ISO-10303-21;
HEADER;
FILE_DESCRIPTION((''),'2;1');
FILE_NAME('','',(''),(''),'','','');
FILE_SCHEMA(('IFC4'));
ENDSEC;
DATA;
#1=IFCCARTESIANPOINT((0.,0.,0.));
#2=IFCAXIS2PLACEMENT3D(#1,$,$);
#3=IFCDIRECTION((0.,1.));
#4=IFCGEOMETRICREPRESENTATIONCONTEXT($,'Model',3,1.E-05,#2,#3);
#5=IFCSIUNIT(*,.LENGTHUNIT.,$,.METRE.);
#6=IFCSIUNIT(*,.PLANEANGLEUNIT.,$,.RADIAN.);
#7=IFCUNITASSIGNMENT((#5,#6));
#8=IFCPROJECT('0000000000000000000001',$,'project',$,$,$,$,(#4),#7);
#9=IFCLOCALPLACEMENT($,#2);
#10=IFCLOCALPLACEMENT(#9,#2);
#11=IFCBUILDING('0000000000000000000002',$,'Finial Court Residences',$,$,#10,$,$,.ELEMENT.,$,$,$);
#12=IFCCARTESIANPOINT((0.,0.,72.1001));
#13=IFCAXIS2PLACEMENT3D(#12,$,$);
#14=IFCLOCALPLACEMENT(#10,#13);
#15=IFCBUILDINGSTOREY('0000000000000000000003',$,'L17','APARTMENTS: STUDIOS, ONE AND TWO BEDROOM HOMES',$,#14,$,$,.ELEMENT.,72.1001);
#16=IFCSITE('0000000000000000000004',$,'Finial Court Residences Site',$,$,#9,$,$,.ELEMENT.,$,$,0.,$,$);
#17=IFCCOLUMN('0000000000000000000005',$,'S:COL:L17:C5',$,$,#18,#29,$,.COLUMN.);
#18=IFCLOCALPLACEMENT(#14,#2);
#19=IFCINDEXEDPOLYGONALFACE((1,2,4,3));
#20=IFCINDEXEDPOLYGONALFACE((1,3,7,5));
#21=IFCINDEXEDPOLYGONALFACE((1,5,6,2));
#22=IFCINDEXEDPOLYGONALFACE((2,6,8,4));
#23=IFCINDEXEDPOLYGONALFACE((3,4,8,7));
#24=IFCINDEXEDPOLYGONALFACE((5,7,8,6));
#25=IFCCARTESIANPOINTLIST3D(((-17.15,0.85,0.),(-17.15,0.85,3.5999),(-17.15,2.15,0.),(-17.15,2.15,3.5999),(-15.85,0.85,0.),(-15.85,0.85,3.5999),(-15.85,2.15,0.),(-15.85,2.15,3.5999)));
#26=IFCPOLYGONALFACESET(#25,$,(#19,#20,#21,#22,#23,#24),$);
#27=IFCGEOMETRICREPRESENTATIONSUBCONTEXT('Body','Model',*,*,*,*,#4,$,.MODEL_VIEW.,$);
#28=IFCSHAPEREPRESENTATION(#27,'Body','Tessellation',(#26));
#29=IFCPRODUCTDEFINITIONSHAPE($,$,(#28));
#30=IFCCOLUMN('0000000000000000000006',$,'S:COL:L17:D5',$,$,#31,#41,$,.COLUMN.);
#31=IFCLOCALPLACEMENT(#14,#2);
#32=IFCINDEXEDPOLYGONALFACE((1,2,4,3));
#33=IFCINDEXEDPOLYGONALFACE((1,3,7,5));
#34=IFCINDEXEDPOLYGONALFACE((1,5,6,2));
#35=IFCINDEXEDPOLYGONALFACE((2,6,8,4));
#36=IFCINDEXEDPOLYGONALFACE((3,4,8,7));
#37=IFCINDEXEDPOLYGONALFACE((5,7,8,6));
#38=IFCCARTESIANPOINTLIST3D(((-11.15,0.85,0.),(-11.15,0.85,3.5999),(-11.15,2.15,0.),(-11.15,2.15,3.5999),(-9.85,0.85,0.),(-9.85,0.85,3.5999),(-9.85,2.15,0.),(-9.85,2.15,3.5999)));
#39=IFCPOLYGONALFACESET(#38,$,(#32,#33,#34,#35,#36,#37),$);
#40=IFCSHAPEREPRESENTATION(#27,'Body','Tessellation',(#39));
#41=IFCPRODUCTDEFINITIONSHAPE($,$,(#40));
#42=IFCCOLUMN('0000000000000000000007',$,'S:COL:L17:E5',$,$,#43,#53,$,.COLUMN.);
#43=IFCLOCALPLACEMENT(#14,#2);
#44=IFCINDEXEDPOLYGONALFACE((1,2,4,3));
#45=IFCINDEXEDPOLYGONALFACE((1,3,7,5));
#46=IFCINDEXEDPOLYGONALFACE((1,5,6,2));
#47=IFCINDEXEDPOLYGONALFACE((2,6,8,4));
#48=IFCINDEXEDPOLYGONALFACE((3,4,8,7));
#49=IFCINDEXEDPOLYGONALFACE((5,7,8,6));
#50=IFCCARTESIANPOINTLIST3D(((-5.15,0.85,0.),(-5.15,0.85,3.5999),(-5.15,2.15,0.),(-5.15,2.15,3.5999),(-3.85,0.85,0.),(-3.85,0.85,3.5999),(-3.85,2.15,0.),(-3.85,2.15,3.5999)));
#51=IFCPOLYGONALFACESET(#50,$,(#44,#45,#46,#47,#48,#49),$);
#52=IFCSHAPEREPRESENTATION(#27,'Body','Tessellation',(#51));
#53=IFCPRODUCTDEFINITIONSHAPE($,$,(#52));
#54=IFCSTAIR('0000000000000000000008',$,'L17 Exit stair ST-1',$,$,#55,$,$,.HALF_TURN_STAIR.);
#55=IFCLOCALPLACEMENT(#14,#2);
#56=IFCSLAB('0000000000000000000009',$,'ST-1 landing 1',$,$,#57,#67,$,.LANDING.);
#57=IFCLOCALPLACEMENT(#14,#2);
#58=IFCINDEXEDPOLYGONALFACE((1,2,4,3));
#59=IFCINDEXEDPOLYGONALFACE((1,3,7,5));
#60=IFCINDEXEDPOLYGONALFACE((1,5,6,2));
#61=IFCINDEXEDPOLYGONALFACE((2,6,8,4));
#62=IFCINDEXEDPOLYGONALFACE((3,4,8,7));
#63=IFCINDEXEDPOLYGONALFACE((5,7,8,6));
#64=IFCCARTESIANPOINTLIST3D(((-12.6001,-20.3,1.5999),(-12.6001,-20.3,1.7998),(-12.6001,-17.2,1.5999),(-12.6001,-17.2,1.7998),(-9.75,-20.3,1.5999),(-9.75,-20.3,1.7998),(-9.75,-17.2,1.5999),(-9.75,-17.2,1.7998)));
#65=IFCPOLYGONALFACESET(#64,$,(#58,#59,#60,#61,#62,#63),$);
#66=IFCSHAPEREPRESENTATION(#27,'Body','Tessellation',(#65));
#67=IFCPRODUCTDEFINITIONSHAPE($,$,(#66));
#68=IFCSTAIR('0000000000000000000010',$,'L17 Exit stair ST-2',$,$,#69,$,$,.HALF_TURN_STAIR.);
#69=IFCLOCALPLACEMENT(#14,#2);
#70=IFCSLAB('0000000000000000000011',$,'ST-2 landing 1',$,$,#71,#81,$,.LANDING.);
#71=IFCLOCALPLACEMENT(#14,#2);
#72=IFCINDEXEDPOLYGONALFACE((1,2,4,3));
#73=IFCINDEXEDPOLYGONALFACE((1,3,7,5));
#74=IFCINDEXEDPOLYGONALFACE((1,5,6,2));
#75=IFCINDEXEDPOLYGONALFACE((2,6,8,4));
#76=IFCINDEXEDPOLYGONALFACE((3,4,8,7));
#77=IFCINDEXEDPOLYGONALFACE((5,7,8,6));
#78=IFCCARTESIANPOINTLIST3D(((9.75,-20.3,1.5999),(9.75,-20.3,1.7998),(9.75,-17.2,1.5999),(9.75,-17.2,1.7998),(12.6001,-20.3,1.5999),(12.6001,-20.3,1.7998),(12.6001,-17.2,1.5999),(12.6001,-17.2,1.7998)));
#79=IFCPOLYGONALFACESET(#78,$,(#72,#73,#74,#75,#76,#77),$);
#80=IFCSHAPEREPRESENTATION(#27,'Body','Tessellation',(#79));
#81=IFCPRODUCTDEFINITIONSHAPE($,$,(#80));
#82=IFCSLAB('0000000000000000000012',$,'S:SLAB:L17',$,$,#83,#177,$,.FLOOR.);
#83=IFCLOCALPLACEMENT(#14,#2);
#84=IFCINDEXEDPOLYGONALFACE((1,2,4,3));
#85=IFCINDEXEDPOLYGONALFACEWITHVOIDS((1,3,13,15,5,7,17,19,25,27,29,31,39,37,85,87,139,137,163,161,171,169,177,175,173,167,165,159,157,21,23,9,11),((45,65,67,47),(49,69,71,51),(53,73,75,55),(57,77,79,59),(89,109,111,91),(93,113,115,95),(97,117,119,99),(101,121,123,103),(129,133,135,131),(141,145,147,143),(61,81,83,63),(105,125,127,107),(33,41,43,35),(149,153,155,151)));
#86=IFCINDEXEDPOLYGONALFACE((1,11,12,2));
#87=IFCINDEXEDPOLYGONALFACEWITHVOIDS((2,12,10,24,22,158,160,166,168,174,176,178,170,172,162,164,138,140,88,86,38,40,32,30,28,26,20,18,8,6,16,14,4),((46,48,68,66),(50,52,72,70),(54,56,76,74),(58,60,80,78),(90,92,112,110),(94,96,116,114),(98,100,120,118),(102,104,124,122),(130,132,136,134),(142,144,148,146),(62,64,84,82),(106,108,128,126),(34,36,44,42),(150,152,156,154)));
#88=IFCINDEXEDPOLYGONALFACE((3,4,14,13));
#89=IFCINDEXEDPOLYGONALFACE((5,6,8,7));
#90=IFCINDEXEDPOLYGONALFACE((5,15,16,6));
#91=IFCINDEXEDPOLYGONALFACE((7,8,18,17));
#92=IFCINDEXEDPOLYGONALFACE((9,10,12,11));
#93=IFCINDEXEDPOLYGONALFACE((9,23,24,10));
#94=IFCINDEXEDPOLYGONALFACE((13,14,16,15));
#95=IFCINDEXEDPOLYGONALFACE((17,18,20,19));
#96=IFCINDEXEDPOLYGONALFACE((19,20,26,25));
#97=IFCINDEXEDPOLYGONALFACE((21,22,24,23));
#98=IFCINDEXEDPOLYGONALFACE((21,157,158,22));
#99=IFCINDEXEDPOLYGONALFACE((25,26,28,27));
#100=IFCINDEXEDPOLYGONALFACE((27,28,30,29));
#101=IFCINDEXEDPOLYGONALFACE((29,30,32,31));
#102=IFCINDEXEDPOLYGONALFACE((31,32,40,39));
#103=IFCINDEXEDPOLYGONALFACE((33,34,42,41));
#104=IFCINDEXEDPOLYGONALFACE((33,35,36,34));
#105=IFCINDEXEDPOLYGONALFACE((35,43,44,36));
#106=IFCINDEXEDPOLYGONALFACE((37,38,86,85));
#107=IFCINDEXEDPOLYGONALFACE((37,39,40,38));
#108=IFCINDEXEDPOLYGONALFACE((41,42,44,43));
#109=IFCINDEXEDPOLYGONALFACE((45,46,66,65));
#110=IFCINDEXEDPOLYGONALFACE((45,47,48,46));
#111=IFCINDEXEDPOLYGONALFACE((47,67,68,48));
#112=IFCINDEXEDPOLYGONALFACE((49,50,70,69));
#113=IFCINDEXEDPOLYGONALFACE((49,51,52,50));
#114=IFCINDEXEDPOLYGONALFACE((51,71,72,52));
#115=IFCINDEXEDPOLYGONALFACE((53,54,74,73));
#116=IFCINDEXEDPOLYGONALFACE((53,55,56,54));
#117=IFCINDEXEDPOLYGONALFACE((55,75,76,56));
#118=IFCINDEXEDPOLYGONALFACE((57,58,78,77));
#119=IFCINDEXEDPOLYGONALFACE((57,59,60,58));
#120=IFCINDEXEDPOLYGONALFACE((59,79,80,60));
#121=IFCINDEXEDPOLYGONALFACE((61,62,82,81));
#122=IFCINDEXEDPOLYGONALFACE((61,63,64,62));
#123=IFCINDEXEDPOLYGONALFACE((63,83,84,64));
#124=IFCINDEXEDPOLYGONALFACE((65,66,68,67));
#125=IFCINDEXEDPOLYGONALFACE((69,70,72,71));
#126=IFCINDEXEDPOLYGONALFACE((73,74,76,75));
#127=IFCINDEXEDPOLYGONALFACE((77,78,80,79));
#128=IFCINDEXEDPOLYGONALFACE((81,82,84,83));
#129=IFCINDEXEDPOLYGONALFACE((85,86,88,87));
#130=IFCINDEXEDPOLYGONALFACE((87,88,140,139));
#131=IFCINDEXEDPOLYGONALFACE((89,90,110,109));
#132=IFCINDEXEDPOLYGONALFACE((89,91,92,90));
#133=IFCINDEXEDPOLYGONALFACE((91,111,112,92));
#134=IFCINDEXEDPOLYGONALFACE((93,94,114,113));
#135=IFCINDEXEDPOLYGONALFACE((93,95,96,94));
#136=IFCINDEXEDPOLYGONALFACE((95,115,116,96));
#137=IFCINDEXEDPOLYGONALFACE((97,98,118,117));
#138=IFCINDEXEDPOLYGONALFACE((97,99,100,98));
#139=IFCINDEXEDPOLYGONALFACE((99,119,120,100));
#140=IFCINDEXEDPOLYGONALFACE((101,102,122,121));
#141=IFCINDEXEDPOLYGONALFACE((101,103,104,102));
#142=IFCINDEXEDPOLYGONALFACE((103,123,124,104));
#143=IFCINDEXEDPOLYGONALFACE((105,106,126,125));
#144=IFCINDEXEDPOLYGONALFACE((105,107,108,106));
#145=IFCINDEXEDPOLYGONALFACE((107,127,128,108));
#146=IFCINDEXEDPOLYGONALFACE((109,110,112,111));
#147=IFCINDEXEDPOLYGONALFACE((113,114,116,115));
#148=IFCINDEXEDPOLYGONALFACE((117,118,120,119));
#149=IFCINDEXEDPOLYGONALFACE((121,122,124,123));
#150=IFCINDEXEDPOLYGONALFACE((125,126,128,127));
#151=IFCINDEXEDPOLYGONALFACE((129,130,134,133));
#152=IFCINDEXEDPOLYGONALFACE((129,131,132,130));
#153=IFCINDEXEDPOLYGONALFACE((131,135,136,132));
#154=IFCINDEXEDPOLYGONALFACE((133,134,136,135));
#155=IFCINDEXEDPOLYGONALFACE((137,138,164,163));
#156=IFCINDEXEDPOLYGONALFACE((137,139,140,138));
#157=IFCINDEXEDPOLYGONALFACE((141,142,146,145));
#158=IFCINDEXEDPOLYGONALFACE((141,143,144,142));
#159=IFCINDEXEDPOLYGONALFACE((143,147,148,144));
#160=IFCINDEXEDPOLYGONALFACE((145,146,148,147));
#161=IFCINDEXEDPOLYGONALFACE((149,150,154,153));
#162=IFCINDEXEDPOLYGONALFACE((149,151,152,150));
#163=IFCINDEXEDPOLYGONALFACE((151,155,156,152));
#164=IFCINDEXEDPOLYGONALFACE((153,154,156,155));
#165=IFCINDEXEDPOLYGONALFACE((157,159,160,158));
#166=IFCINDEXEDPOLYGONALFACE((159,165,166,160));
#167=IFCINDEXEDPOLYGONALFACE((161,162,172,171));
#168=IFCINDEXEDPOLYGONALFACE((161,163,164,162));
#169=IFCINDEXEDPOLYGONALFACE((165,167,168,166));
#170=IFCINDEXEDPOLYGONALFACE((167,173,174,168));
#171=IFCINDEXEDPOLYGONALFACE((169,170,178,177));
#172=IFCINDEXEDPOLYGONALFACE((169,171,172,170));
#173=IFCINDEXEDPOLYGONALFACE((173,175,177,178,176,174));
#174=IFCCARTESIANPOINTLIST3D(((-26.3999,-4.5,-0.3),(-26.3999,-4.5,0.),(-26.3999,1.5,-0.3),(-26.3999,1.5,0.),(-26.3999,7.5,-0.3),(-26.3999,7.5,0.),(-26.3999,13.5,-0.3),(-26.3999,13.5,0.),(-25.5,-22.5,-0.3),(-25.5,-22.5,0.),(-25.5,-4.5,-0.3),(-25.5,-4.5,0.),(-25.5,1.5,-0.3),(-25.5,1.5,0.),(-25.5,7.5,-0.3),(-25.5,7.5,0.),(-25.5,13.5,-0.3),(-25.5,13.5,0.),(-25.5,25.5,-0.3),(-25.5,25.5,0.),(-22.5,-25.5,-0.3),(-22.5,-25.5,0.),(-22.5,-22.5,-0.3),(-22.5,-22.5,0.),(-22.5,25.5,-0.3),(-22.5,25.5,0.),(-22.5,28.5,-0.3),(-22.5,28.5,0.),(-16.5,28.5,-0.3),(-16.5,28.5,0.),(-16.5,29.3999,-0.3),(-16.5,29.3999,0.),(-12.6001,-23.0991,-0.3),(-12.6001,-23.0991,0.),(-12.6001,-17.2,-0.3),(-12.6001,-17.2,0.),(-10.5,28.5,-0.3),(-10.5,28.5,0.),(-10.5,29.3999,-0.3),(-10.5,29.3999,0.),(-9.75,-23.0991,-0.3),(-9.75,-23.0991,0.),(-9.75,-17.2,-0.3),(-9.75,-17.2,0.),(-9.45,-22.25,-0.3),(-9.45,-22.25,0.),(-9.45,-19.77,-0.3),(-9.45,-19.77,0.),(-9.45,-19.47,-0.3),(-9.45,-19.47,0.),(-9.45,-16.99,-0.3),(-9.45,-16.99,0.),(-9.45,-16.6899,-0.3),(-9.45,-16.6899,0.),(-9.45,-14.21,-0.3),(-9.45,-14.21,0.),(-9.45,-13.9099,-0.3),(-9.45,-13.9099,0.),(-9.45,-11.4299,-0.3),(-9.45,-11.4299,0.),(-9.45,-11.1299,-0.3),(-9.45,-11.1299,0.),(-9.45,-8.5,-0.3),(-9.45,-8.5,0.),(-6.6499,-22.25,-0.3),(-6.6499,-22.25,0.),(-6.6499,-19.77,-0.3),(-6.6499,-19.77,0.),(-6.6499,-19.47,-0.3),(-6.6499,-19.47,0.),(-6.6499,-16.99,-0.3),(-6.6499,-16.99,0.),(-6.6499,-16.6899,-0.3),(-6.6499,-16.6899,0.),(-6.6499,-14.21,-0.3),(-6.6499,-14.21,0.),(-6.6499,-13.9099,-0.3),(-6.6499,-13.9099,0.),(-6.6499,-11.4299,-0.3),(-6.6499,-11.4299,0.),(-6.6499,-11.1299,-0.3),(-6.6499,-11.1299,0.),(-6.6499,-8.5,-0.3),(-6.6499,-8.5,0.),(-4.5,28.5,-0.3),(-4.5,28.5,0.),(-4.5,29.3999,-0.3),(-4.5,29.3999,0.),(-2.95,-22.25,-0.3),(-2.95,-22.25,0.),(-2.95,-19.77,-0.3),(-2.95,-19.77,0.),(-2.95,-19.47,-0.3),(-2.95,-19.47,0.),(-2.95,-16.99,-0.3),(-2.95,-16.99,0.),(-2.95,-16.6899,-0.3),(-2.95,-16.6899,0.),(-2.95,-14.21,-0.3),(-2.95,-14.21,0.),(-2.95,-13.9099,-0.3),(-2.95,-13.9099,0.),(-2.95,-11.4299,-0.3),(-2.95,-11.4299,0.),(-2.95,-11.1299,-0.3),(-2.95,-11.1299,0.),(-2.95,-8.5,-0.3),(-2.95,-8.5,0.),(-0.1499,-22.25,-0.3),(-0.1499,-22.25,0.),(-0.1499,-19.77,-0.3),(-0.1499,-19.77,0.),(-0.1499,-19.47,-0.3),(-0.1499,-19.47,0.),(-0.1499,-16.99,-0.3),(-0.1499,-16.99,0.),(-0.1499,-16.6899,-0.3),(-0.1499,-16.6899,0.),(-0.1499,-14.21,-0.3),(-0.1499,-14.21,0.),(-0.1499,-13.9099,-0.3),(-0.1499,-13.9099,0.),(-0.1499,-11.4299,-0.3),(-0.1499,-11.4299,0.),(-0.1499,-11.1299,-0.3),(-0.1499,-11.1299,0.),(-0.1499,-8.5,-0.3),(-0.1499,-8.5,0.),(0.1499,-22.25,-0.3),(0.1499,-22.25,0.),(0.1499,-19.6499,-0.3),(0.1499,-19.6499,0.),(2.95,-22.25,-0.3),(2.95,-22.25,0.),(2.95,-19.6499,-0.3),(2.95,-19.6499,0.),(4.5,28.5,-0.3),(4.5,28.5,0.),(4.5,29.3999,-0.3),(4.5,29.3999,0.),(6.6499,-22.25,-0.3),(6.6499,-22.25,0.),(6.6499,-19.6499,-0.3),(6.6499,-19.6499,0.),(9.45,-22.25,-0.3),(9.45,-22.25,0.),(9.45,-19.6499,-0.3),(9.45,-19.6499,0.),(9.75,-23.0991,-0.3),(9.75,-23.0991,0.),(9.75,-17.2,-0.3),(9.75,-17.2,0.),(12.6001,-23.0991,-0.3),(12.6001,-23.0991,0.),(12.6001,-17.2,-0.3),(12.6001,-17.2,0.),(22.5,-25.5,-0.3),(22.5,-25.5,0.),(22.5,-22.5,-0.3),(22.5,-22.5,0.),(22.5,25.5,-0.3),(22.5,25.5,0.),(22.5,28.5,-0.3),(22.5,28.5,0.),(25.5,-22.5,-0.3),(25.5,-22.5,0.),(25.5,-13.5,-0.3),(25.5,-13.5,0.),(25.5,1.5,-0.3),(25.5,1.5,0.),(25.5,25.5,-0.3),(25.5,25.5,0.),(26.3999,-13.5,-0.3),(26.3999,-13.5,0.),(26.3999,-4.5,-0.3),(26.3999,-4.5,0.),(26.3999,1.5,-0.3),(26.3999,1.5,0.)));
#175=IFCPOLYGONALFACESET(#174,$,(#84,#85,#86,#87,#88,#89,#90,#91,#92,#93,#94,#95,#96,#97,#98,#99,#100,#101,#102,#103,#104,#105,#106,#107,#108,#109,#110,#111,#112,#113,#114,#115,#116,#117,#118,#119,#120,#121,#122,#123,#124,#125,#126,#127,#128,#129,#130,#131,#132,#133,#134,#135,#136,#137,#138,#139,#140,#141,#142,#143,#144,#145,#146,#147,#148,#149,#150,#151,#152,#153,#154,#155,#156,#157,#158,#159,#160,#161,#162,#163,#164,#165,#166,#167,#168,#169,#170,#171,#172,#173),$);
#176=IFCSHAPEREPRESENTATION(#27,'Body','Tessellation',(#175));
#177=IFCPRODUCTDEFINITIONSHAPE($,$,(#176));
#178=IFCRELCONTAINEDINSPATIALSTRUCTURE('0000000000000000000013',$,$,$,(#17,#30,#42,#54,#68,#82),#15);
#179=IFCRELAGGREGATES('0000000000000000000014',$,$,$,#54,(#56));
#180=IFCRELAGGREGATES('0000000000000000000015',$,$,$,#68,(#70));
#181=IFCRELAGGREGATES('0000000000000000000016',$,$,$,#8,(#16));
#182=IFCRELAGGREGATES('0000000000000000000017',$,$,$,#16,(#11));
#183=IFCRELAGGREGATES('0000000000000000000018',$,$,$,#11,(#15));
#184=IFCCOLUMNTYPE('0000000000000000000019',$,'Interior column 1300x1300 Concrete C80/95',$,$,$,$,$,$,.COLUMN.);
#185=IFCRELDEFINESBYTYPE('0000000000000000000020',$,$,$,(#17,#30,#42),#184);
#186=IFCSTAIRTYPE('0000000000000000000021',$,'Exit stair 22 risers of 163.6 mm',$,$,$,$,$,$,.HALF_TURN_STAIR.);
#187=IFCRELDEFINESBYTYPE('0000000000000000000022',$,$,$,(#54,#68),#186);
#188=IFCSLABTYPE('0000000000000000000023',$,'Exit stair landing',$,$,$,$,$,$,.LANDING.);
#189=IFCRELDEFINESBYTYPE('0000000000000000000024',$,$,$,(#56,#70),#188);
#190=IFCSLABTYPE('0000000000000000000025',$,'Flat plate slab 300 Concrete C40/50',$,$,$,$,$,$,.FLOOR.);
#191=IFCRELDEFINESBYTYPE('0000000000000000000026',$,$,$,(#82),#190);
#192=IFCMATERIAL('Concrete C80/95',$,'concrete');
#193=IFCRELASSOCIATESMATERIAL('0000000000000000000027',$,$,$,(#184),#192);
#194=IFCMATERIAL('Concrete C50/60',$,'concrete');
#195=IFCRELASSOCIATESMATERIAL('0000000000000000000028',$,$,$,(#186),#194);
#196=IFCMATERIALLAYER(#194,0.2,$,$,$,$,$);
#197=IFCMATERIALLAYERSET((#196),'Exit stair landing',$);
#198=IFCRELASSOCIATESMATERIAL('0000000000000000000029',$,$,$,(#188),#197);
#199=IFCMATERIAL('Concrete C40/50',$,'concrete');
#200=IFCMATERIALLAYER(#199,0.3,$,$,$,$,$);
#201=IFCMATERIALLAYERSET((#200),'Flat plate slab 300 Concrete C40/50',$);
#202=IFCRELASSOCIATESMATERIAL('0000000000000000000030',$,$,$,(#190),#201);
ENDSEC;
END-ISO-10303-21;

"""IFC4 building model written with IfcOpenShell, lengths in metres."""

from ifc_helpers import new_model, si_unit, direction, frame, origin, origin_2d, place, context, subcontext, project, spatial, polyline, rectangle, outline, extrude, material, layer, layer_set, material_profile, profile_set, type_object, element, aggregate, save


model = new_model("IFC4")

# Units and contexts
model_context = context("Model", 3, precision=1e-05, world=origin(), true_north=direction((0.0, 1.0)))
body_context = subcontext(model_context, "Body", "Model", "MODEL_VIEW")
ifc_project = project(units=[si_unit("LENGTHUNIT", "METRE"), si_unit("PLANEANGLEUNIT", "RADIAN")], contexts=[model_context])

# Site, building, storey
site_placement = place(None, origin())
site = spatial("IfcSite", under=ifc_project, at=site_placement, Name="Finial Court Residences Site", CompositionType="ELEMENT", RefElevation=0.0)
building_placement = place(site_placement, origin())
building = spatial("IfcBuilding", under=site, at=building_placement, Name="Finial Court Residences", CompositionType="ELEMENT")
storey_placement = place(building_placement, frame((0.0, 0.0, 72.1001)))
storey = spatial("IfcBuildingStorey", under=building, at=storey_placement, Name="L17", Description="APARTMENTS: STUDIOS, ONE AND TWO BEDROOM HOMES", CompositionType="ELEMENT", Elevation=72.1001)

# Columns
ifc_material_1 = material(Name="Concrete C80/95", Category="concrete")
ifc_material_profile = material_profile(ifc_material_1, rectangle(XDim=1.3, YDim=1.3, at=origin_2d()), Name="1300x1300")
ifc_profile_set = profile_set([ifc_material_profile], Name="Concrete C80/95")
column_type = type_object("IfcColumnType", Name="Interior column 1300x1300 Concrete C80/95", PredefinedType="COLUMN", material=ifc_profile_set)
for number, where, z_axis, x_axis, name in (
    (1, (-16.5, 1.5, 0.0), (0.0, 0.0, 1.0), (1.0, 0.0, 0.0), "S:COL:L17:C5"),
    (2, (-10.5, 1.5, 0.0), (0.0, 0.0, 1.0), (1.0, 0.0, 0.0), "S:COL:L17:D5"),
    (3, (-4.5, 1.5, 0.0), (0.0, 0.0, 1.0), (1.0, 0.0, 0.0), "S:COL:L17:E5"),
):
    element("IfcColumn", number, at=place(storey_placement, frame(where, z_axis=z_axis, x_axis=x_axis)), inside=storey, type_object=column_type, Name=name, PredefinedType="COLUMN", context=body_context, shape_type="SweptSolid", body=[
        extrude(rectangle(XDim=1.3, YDim=1.3, at=origin_2d()), origin(), (0.0, 0.0, 1.0), 3.5999),
    ])

# Stairs, slabs
ifc_material_2 = material(Name="Concrete C50/60", Category="concrete")
stair_type = type_object("IfcStairType", Name="Exit stair 22 risers of 163.6 mm", PredefinedType="HALF_TURN_STAIR", material=ifc_material_2)
stair_1_placement = place(storey_placement, origin())
stair_1 = element("IfcStair", 4, at=stair_1_placement, inside=storey, type_object=stair_type, Name="L17 Exit stair ST-1", PredefinedType="HALF_TURN_STAIR")
ifc_layer_1 = layer(ifc_material_2, 0.2)
ifc_layer_set_1 = layer_set([ifc_layer_1], Name="Exit stair landing")
slab_type_1 = type_object("IfcSlabType", Name="Exit stair landing", PredefinedType="LANDING", material=ifc_layer_set_1)
slab_1_placement = place(storey_placement, frame((0.0, 0.0, 1.5999)))
slab_1 = element("IfcSlab", 5, at=slab_1_placement, type_object=slab_type_1, Name="ST-1 landing 1", PredefinedType="LANDING", context=body_context, shape_type="SweptSolid", body=[
    extrude(outline(polyline([(-9.75, -20.3), (-9.75, -17.2), (-12.6001, -17.2), (-12.6001, -20.3), (-9.75, -20.3)])), origin(), (0.0, 0.0, 1.0), 0.2),
])
aggregate(stair_1, [slab_1])
stair_2_placement = place(storey_placement, origin())
stair_2 = element("IfcStair", 6, at=stair_2_placement, inside=storey, type_object=stair_type, Name="L17 Exit stair ST-2", PredefinedType="HALF_TURN_STAIR")
slab_2_placement = place(storey_placement, frame((0.0, 0.0, 1.5999)))
slab_2 = element("IfcSlab", 7, at=slab_2_placement, type_object=slab_type_1, Name="ST-2 landing 1", PredefinedType="LANDING", context=body_context, shape_type="SweptSolid", body=[
    extrude(outline(polyline([(12.6001, -20.3), (12.6001, -17.2), (9.75, -17.2), (9.75, -20.3), (12.6001, -20.3)])), origin(), (0.0, 0.0, 1.0), 0.2),
])
aggregate(stair_2, [slab_2])

# Slab
ifc_material_3 = material(Name="Concrete C40/50", Category="concrete")
ifc_layer_2 = layer(ifc_material_3, 0.3)
ifc_layer_set_2 = layer_set([ifc_layer_2], Name="Flat plate slab 300 Concrete C40/50")
slab_type_2 = type_object("IfcSlabType", Name="Flat plate slab 300 Concrete C40/50", PredefinedType="FLOOR", material=ifc_layer_set_2)
slab_3_placement = place(storey_placement, frame((0.0, 0.0, -0.3)))
element("IfcSlab", 8, at=slab_3_placement, inside=storey, type_object=slab_type_2, Name="S:SLAB:L17", PredefinedType="FLOOR", context=body_context, shape_type="SweptSolid", body=[
    extrude(outline(polyline([(25.5, -13.5), (25.5, -22.5), (22.5, -22.5), (22.5, -25.5), (-22.5, -25.5), (-22.5, -22.5), (-25.5, -22.5), (-25.5, -4.5), (-26.3999, -4.5), (-26.3999, 1.5), (-25.5, 1.5), (-25.5, 7.5), (-26.3999, 7.5), (-26.3999, 13.5), (-25.5, 13.5), (-25.5, 25.5), (-22.5, 25.5), (-22.5, 28.5), (-16.5, 28.5), (-16.5, 29.3999), (-10.5, 29.3999), (-10.5, 28.5), (-4.5, 28.5), (-4.5, 29.3999), (4.5, 29.3999), (4.5, 28.5), (22.5, 28.5), (22.5, 25.5), (25.5, 25.5), (25.5, 1.5), (26.3999, 1.5), (26.3999, -4.5), (26.3999, -13.5), (25.5, -13.5)]), holes=[polyline([(-6.6499, -19.77), (-9.45, -19.77), (-9.45, -22.25), (-6.6499, -22.25), (-6.6499, -19.77)]), polyline([(-9.75, -17.2), (-12.6001, -17.2), (-12.6001, -23.0991), (-9.75, -23.0991), (-9.75, -17.2)]), polyline([(-6.6499, -19.47), (-6.6499, -16.99), (-9.45, -16.99), (-9.45, -19.47), (-6.6499, -19.47)]), polyline([(-6.6499, -16.6899), (-6.6499, -14.21), (-9.45, -14.21), (-9.45, -16.6899), (-6.6499, -16.6899)]), polyline([(-6.6499, -13.9099), (-6.6499, -11.4299), (-9.45, -11.4299), (-9.45, -13.9099), (-6.6499, -13.9099)]), polyline([(-6.6499, -11.1299), (-6.6499, -8.5), (-9.45, -8.5), (-9.45, -11.1299), (-6.6499, -11.1299)]), polyline([(-0.1499, -11.1299), (-0.1499, -8.5), (-2.95, -8.5), (-2.95, -11.1299), (-0.1499, -11.1299)]), polyline([(-0.1499, -19.77), (-2.95, -19.77), (-2.95, -22.25), (-0.1499, -22.25), (-0.1499, -19.77)]), polyline([(2.95, -22.25), (2.95, -19.6499), (0.1499, -19.6499), (0.1499, -22.25), (2.95, -22.25)]), polyline([(9.45, -22.25), (9.45, -19.6499), (6.6499, -19.6499), (6.6499, -22.25), (9.45, -22.25)]), polyline([(12.6001, -17.2), (9.75, -17.2), (9.75, -23.0991), (12.6001, -23.0991), (12.6001, -17.2)]), polyline([(-0.1499, -19.47), (-0.1499, -16.99), (-2.95, -16.99), (-2.95, -19.47), (-0.1499, -19.47)]), polyline([(-0.1499, -16.6899), (-0.1499, -14.21), (-2.95, -14.21), (-2.95, -16.6899), (-0.1499, -16.6899)]), polyline([(-0.1499, -13.9099), (-0.1499, -11.4299), (-2.95, -11.4299), (-2.95, -13.9099), (-0.1499, -13.9099)])]), origin(), (0.0, 0.0, 1.0), 0.3),
])

save(model, "model.ifc")
